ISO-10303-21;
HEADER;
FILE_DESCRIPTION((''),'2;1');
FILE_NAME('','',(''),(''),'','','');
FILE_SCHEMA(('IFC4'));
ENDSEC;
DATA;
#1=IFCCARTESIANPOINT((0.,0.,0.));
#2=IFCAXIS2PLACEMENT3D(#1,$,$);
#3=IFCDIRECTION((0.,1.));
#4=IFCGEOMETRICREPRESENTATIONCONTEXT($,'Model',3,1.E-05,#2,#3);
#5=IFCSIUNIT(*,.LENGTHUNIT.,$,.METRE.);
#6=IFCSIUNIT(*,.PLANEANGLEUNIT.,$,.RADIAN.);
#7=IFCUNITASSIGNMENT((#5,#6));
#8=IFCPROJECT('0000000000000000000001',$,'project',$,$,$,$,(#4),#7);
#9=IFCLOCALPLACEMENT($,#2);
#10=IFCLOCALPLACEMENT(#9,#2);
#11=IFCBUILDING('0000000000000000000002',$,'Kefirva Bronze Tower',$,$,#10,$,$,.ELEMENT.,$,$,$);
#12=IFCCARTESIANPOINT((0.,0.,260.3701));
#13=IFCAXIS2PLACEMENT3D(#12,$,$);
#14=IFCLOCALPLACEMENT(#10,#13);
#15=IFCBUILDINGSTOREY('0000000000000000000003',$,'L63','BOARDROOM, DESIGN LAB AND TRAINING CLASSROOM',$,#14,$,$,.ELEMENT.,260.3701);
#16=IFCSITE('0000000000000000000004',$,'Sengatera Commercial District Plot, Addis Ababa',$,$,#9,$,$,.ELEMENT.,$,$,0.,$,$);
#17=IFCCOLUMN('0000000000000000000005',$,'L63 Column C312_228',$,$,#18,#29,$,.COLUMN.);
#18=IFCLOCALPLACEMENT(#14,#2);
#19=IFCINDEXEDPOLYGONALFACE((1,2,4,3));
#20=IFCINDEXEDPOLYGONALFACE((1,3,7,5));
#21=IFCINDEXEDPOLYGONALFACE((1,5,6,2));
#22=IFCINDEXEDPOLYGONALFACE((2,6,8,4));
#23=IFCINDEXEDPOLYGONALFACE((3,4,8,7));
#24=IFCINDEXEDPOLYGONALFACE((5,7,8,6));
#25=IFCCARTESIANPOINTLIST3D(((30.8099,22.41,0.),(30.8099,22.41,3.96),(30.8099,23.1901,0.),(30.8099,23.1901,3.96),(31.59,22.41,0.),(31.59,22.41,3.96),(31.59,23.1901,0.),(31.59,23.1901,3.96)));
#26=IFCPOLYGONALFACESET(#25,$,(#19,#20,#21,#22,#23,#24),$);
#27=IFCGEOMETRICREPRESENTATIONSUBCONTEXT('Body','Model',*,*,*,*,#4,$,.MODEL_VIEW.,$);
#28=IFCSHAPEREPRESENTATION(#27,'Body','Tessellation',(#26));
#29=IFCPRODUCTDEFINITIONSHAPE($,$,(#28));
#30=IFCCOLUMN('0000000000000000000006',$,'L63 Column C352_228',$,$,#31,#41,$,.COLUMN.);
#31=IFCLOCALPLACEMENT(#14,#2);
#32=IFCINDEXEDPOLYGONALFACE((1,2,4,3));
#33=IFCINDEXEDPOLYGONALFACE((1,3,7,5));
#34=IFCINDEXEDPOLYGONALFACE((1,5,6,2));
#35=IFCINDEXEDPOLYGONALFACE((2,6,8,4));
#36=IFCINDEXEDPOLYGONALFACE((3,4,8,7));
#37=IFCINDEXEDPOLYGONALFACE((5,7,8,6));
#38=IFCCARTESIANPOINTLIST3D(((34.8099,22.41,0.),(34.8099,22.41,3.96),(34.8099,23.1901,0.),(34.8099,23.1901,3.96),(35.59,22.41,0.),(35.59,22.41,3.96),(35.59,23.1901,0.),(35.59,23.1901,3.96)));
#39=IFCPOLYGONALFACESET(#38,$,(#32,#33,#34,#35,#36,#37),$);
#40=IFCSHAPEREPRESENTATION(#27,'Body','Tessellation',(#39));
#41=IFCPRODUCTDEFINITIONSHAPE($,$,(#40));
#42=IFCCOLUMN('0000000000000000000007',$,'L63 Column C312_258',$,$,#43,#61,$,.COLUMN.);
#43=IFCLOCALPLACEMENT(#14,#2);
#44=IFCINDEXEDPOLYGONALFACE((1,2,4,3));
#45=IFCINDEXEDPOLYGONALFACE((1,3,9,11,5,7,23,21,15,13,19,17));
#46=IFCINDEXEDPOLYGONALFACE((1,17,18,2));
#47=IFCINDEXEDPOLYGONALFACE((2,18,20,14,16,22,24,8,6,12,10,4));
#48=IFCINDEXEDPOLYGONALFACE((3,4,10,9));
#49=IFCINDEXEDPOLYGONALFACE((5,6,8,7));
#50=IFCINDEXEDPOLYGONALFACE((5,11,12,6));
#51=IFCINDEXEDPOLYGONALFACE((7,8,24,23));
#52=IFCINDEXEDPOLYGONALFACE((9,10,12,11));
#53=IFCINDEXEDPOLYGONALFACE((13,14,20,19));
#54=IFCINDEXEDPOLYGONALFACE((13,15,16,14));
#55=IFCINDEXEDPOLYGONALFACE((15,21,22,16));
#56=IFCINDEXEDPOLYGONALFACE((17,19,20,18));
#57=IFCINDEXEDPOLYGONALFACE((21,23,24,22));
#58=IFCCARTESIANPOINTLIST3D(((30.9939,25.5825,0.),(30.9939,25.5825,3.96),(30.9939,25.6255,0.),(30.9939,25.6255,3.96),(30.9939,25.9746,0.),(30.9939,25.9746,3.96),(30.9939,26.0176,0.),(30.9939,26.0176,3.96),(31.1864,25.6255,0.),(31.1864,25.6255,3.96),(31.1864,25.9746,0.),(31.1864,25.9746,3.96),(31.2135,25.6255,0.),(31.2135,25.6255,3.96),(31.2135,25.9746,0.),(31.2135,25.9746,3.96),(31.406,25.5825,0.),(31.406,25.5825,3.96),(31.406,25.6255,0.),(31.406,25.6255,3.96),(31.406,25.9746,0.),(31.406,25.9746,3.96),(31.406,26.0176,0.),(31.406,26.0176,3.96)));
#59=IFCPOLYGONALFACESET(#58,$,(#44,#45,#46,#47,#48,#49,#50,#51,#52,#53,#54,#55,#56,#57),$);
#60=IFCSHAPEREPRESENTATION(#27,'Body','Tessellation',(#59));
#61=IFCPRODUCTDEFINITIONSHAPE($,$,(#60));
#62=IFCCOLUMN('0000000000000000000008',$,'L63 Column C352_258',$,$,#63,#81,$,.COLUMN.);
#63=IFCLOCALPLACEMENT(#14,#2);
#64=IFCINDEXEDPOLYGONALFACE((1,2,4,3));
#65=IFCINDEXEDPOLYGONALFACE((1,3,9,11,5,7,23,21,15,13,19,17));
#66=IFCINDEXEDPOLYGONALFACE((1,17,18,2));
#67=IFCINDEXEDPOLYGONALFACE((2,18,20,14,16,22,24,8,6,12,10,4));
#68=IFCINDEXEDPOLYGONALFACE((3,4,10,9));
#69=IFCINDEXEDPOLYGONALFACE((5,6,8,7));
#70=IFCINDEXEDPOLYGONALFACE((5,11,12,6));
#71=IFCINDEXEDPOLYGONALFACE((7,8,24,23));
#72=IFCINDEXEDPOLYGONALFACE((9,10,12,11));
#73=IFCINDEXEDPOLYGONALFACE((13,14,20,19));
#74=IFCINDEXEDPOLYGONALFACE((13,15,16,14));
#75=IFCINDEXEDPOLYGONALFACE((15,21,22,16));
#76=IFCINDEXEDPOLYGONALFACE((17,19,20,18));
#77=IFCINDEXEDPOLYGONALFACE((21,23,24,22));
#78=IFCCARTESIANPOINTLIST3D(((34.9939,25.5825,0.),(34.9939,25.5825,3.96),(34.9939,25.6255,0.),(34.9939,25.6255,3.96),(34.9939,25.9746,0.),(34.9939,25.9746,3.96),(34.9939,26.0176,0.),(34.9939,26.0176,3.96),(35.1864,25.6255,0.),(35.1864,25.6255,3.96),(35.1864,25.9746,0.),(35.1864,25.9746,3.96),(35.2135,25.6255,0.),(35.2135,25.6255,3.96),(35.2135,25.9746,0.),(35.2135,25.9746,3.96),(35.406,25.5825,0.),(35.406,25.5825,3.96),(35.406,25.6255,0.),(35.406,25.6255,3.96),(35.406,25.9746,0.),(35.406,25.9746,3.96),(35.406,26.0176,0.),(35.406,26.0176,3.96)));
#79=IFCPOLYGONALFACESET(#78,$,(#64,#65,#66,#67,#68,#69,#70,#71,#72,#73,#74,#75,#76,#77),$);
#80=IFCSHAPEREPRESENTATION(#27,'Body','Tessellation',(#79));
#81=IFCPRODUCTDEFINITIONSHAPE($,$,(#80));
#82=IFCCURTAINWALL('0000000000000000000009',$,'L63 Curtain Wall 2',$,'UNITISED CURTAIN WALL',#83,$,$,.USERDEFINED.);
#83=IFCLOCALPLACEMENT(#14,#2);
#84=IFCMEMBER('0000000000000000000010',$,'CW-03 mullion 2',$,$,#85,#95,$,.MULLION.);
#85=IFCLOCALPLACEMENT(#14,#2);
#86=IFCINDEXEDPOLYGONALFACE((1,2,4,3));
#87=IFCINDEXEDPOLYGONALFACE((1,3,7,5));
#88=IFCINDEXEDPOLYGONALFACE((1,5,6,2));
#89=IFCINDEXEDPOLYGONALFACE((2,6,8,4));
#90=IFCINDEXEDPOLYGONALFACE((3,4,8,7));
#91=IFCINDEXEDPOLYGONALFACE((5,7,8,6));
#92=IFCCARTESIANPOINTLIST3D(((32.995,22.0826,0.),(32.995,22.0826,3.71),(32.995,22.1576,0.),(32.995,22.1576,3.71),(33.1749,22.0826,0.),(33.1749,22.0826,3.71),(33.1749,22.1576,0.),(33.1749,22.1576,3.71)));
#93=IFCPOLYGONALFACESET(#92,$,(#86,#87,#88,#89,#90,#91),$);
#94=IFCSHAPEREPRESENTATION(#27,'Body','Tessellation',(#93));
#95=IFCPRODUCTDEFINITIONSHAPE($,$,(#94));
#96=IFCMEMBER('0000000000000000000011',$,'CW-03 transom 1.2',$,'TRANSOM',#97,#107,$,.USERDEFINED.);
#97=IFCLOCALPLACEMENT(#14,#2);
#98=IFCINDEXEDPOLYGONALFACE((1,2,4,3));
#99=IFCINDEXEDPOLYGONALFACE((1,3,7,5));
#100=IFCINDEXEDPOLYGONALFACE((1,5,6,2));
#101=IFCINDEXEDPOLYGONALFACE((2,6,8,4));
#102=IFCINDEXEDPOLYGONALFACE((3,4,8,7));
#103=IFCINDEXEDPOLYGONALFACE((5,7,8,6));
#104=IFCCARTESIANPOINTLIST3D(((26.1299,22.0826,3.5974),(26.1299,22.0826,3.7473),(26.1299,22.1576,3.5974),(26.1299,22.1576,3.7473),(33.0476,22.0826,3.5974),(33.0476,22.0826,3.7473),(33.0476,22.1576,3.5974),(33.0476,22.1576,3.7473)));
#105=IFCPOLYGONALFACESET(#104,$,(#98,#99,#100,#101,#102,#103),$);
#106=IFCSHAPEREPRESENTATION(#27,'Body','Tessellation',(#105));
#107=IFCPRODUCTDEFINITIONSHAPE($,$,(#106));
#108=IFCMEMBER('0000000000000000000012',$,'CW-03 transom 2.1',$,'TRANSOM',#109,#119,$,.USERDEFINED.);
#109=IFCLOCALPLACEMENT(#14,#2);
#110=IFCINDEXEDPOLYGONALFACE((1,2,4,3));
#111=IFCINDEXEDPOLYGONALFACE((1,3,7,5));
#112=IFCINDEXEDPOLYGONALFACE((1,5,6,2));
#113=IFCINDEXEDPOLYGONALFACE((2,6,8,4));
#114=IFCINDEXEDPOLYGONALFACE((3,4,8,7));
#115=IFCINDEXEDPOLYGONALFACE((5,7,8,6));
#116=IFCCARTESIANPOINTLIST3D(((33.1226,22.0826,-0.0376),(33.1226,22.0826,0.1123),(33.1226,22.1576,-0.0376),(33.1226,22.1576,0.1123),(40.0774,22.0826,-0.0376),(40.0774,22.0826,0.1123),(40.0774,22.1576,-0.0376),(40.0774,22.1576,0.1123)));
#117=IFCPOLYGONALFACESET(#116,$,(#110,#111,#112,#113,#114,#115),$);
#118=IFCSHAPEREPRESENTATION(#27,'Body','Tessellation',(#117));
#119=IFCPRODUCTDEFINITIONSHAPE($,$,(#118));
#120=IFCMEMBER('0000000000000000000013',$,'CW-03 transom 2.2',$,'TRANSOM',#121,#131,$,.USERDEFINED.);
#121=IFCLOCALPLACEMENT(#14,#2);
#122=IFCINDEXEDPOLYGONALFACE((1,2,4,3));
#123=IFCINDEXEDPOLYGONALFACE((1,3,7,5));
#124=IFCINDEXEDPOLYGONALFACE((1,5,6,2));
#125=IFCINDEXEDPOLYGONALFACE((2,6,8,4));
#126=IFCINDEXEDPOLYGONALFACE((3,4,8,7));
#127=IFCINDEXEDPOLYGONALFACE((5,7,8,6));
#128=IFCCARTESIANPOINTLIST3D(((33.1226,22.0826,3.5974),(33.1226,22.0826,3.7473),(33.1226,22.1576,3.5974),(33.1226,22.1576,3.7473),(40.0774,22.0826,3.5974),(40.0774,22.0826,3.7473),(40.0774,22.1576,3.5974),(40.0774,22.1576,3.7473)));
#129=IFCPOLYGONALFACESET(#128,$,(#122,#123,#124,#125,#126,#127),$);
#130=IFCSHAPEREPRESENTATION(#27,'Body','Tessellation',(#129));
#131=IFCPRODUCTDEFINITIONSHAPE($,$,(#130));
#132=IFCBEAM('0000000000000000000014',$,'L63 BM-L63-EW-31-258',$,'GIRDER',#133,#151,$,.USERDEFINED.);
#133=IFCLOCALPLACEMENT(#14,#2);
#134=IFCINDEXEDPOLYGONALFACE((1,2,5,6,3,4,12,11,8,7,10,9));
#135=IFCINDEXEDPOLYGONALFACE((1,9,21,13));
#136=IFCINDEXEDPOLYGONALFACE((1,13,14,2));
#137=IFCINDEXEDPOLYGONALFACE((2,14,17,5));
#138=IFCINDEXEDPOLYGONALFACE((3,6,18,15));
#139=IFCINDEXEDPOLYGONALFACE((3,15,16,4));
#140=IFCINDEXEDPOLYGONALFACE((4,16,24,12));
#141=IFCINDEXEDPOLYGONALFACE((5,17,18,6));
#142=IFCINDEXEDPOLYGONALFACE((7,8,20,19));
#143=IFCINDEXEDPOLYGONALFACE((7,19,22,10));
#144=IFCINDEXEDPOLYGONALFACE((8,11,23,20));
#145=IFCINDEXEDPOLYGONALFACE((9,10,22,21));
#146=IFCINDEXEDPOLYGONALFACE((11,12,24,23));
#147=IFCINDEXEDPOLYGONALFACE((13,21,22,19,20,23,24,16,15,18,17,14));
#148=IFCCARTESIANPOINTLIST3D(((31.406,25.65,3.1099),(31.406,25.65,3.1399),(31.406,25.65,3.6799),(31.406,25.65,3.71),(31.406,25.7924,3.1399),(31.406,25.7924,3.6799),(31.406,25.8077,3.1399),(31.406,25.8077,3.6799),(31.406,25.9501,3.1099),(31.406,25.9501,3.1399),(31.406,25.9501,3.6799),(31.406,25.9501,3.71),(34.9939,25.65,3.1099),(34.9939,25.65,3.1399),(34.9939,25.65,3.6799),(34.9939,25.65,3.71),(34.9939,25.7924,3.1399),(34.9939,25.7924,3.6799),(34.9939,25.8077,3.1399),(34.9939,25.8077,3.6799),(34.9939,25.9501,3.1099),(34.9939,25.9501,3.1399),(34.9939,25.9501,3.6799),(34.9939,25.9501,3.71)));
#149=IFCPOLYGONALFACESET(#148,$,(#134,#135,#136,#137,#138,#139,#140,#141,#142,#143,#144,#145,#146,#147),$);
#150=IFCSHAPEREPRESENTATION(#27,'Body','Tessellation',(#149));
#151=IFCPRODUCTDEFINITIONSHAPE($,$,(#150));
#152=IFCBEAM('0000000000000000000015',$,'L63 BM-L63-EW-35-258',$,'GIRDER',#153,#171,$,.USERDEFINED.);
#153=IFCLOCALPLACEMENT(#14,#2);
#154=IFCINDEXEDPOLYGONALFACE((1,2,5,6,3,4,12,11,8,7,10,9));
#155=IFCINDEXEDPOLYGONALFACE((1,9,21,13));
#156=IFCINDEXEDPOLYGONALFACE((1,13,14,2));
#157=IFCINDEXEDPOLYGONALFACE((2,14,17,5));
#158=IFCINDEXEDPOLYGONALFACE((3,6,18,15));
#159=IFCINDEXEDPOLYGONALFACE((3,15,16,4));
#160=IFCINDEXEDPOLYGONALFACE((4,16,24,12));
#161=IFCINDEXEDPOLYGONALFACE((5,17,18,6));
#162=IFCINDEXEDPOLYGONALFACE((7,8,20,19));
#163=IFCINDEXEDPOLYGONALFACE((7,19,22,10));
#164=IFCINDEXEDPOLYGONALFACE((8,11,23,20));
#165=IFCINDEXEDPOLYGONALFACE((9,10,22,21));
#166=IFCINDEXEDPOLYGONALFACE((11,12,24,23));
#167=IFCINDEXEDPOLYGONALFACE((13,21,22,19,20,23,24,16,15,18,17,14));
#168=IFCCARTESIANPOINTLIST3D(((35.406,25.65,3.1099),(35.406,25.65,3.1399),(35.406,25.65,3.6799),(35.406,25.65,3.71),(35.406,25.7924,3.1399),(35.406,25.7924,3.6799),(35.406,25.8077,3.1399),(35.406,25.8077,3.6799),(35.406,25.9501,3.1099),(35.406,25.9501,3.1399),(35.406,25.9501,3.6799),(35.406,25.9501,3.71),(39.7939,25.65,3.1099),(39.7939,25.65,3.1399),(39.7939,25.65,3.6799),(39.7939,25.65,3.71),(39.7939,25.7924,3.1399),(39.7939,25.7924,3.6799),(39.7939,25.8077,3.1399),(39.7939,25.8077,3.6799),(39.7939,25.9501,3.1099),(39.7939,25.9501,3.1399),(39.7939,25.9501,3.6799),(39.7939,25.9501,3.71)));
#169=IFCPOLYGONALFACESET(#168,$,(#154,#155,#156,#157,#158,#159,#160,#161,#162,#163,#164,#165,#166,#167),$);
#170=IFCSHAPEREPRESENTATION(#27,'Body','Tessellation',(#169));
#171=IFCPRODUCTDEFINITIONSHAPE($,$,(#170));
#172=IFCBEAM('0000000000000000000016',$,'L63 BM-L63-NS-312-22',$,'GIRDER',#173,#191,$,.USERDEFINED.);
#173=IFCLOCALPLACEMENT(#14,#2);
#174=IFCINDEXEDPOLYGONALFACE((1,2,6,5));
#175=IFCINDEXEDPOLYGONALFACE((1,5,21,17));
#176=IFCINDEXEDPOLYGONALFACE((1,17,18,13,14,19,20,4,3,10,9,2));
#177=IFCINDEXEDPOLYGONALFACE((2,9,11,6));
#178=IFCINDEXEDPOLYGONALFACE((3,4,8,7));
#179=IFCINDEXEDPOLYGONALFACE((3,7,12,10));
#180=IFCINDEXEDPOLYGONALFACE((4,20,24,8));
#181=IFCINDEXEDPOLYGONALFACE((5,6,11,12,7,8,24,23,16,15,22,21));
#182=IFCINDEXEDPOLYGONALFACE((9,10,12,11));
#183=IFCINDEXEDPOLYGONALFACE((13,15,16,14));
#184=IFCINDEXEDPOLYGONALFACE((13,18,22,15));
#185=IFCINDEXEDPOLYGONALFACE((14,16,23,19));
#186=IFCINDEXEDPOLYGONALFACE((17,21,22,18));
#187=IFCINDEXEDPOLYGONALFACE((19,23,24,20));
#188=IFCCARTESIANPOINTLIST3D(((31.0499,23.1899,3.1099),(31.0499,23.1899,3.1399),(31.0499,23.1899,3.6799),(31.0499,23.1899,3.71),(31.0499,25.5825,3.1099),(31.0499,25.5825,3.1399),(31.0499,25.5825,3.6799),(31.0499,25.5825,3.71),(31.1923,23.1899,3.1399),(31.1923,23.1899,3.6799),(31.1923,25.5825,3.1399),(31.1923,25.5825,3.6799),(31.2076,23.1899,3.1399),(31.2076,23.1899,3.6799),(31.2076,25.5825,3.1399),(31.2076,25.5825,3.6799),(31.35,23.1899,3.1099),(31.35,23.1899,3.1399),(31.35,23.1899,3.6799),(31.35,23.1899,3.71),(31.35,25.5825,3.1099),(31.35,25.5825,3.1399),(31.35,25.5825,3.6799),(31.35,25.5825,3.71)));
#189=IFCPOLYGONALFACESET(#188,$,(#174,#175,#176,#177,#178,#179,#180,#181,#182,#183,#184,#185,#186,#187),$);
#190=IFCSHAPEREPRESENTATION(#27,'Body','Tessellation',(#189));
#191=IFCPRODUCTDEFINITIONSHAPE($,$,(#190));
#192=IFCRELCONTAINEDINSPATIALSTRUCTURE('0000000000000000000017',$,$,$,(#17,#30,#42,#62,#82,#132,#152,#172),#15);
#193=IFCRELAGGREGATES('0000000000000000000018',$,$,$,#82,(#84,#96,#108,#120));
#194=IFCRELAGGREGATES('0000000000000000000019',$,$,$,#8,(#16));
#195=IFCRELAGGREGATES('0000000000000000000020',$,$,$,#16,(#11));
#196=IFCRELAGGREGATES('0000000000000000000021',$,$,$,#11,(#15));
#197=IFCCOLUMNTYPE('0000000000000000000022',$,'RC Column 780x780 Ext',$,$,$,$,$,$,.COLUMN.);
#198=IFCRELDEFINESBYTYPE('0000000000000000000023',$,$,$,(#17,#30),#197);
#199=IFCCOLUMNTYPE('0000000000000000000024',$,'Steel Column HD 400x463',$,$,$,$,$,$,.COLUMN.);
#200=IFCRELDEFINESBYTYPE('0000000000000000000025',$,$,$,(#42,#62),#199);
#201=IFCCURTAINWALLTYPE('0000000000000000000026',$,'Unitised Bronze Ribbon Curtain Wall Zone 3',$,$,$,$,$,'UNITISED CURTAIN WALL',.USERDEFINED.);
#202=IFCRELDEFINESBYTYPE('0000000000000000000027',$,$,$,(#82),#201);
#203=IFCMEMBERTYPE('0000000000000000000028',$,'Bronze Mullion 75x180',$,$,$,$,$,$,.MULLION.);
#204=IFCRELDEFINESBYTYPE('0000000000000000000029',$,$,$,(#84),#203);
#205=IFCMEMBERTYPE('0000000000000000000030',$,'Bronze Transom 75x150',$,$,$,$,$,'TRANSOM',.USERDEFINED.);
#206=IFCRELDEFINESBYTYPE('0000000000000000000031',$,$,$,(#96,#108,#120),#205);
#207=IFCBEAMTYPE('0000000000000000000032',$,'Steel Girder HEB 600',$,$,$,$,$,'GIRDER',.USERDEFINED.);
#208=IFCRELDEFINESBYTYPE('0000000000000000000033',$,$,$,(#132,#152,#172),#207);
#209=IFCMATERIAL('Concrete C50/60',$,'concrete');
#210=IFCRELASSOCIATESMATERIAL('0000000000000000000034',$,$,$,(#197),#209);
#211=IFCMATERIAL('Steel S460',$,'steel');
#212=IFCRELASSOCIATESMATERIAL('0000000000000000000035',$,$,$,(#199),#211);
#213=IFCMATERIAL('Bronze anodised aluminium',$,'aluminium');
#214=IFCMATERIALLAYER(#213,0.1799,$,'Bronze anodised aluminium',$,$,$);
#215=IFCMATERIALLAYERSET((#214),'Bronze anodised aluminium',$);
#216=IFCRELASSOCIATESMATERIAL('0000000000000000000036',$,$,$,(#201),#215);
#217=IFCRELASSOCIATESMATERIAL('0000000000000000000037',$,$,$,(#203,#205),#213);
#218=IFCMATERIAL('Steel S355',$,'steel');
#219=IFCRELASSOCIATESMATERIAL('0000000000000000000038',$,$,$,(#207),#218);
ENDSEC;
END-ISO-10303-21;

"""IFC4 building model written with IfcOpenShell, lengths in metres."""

from ifc_helpers import new_model, si_unit, direction, frame, origin, origin_2d, place, context, subcontext, project, spatial, rectangle, i_section, extrude, material, layer, layer_set, material_profile, profile_set, type_object, element, aggregate, save


model = new_model("IFC4")

# Units and contexts
model_context = context("Model", 3, precision=1e-05, world=origin(), true_north=direction((0.0, 1.0)))
body_context = subcontext(model_context, "Body", "Model", "MODEL_VIEW")
ifc_project = project(units=[si_unit("LENGTHUNIT", "METRE"), si_unit("PLANEANGLEUNIT", "RADIAN")], contexts=[model_context])

# Site, building, storey
site_placement = place(None, origin())
site = spatial("IfcSite", under=ifc_project, at=site_placement, Name="Sengatera Commercial District Plot, Addis Ababa", CompositionType="ELEMENT", RefElevation=0.0)
building_placement = place(site_placement, origin())
building = spatial("IfcBuilding", under=site, at=building_placement, Name="Kefirva Bronze Tower", CompositionType="ELEMENT")
storey_placement = place(building_placement, frame((0.0, 0.0, 260.3701)))
storey = spatial("IfcBuildingStorey", under=building, at=storey_placement, Name="L63", Description="BOARDROOM, DESIGN LAB AND TRAINING CLASSROOM", CompositionType="ELEMENT", Elevation=260.3701)

# Columns
ifc_material_1 = material(Name="Concrete C50/60", Category="concrete")
ifc_material_profile_1 = material_profile(ifc_material_1, rectangle(XDim=0.78, YDim=0.78, at=origin_2d()), Name="RC 780x780")
ifc_profile_set_1 = profile_set([ifc_material_profile_1], Name="Concrete C50/60")
column_type_1 = type_object("IfcColumnType", Name="RC Column 780x780 Ext", PredefinedType="COLUMN", material=ifc_profile_set_1)
for number, where, z_axis, x_axis, name in (
    (1, (31.2, 22.8, 0.0), (0.0, 0.0, 1.0), (1.0, 0.0, 0.0), "L63 Column C312_228"),
    (2, (35.2, 22.8, 0.0), (0.0, 0.0, 1.0), (1.0, 0.0, 0.0), "L63 Column C352_228"),
):
    element("IfcColumn", number, at=place(storey_placement, frame(where, z_axis=z_axis, x_axis=x_axis)), inside=storey, type_object=column_type_1, Name=name, PredefinedType="COLUMN", context=body_context, shape_type="SweptSolid", body=[
        extrude(rectangle(XDim=0.78, YDim=0.78, at=origin_2d()), origin(), (0.0, 0.0, 1.0), 3.96),
    ])
ifc_material_2 = material(Name="Steel S460", Category="steel")
ifc_material_profile_2 = material_profile(ifc_material_2, i_section(OverallWidth=0.4121, OverallDepth=0.4351, WebThickness=0.0271, FlangeThickness=0.043, at=origin_2d()), Name="HD 400x463")
ifc_profile_set_2 = profile_set([ifc_material_profile_2], Name="Steel S460")
column_type_2 = type_object("IfcColumnType", Name="Steel Column HD 400x463", PredefinedType="COLUMN", material=ifc_profile_set_2)
for number, where, z_axis, x_axis, name in (
    (3, (31.2, 25.8, 0.0), (0.0, 0.0, 1.0), (1.0, 0.0, 0.0), "L63 Column C312_258"),
    (4, (35.2, 25.8, 0.0), (0.0, 0.0, 1.0), (1.0, 0.0, 0.0), "L63 Column C352_258"),
):
    element("IfcColumn", number, at=place(storey_placement, frame(where, z_axis=z_axis, x_axis=x_axis)), inside=storey, type_object=column_type_2, Name=name, PredefinedType="COLUMN", context=body_context, shape_type="SweptSolid", body=[
        extrude(i_section(OverallWidth=0.4121, OverallDepth=0.4351, WebThickness=0.0271, FlangeThickness=0.043, at=origin_2d()), origin(), (0.0, 0.0, 1.0), 3.96),
    ])

# Curtain wall, members
ifc_material_3 = material(Name="Bronze anodised aluminium", Category="aluminium")
ifc_layer_1 = layer(ifc_material_3, 0.1799, Name="Bronze anodised aluminium")
ifc_layer_set_1 = layer_set([ifc_layer_1], Name="Bronze anodised aluminium")
curtain_wall_type = type_object("IfcCurtainWallType", Name="Unitised Bronze Ribbon Curtain Wall Zone 3", ElementType="UNITISED CURTAIN WALL", PredefinedType="USERDEFINED", material=ifc_layer_set_1)
curtain_wall_placement = place(storey_placement, origin())
curtain_wall = element("IfcCurtainWall", 5, at=curtain_wall_placement, inside=storey, type_object=curtain_wall_type, Name="L63 Curtain Wall 2", ObjectType="UNITISED CURTAIN WALL", PredefinedType="USERDEFINED")
ifc_material_profile_3 = material_profile(ifc_material_3, rectangle(XDim=0.075, YDim=0.1799, at=origin_2d()), Name="ALU 75x180")
ifc_profile_set_3 = profile_set([ifc_material_profile_3], Name="Bronze anodised aluminium")
member_type_1 = type_object("IfcMemberType", Name="Bronze Mullion 75x180", PredefinedType="MULLION", material=ifc_profile_set_3)
member_1_placement = place(storey_placement, frame((33.085, 22.1201, 0.0), z_axis=(0.0, 0.0, 1.0), x_axis=(0.0, 1.0, 0.0)))
member_1 = element("IfcMember", 6, at=member_1_placement, type_object=member_type_1, Name="CW-03 mullion 2", PredefinedType="MULLION", context=body_context, shape_type="SweptSolid", body=[
    extrude(rectangle(XDim=0.075, YDim=0.1799, at=origin_2d()), origin(), (0.0, 0.0, 1.0), 3.71),
])
ifc_material_profile_4 = material_profile(ifc_material_3, rectangle(XDim=0.075, YDim=0.1499, at=origin_2d()), Name="ALU 75x150")
ifc_profile_set_4 = profile_set([ifc_material_profile_4], Name="Bronze anodised aluminium")
member_type_2 = type_object("IfcMemberType", Name="Bronze Transom 75x150", ElementType="TRANSOM", PredefinedType="USERDEFINED", material=ifc_profile_set_4)
member_2_placement = place(storey_placement, frame((26.1299, 22.1201, 3.6724), z_axis=(1.0, 0.0, 0.0), x_axis=(0.0, 1.0, 0.0)))
member_2 = element("IfcMember", 7, at=member_2_placement, type_object=member_type_2, Name="CW-03 transom 1.2", ObjectType="TRANSOM", PredefinedType="USERDEFINED", context=body_context, shape_type="SweptSolid", body=[
    extrude(rectangle(XDim=0.075, YDim=0.1499, at=origin_2d()), origin(), (0.0, 0.0, 1.0), 6.9177),
])
member_3_placement = place(storey_placement, frame((33.1226, 22.1201, 0.0374), z_axis=(1.0, 0.0, 0.0), x_axis=(0.0, 1.0, 0.0)))
member_3 = element("IfcMember", 8, at=member_3_placement, type_object=member_type_2, Name="CW-03 transom 2.1", ObjectType="TRANSOM", PredefinedType="USERDEFINED", context=body_context, shape_type="SweptSolid", body=[
    extrude(rectangle(XDim=0.075, YDim=0.1499, at=origin_2d()), origin(), (0.0, 0.0, 1.0), 6.9548),
])
member_4_placement = place(storey_placement, frame((33.1226, 22.1201, 3.6724), z_axis=(1.0, 0.0, 0.0), x_axis=(0.0, 1.0, 0.0)))
member_4 = element("IfcMember", 9, at=member_4_placement, type_object=member_type_2, Name="CW-03 transom 2.2", ObjectType="TRANSOM", PredefinedType="USERDEFINED", context=body_context, shape_type="SweptSolid", body=[
    extrude(rectangle(XDim=0.075, YDim=0.1499, at=origin_2d()), origin(), (0.0, 0.0, 1.0), 6.9548),
])

# Beams
ifc_material_4 = material(Name="Steel S355", Category="steel")
ifc_material_profile_5 = material_profile(ifc_material_4, i_section(OverallWidth=0.3, OverallDepth=0.6001, WebThickness=0.0154, FlangeThickness=0.03, at=origin_2d()), Name="HEB 600")
ifc_profile_set_5 = profile_set([ifc_material_profile_5], Name="Steel S355")
beam_type_1 = type_object("IfcBeamType", Name="Steel Girder HEB 600", ElementType="GIRDER", PredefinedType="USERDEFINED", material=ifc_profile_set_5)
beam_1_placement = place(storey_placement, frame((31.406, 25.8, 3.4099), z_axis=(1.0, 0.0, 0.0), x_axis=(0.0, 1.0, 0.0)))
element("IfcBeam", 10, at=beam_1_placement, inside=storey, type_object=beam_type_1, Name="L63 BM-L63-EW-31-258", ObjectType="GIRDER", PredefinedType="USERDEFINED", context=body_context, shape_type="SweptSolid", body=[
    extrude(i_section(OverallWidth=0.3, OverallDepth=0.6001, WebThickness=0.0154, FlangeThickness=0.03, at=origin_2d()), origin(), (0.0, 0.0, 1.0), 3.5879),
])
beam_2_placement = place(storey_placement, frame((35.406, 25.8, 3.4099), z_axis=(1.0, 0.0, 0.0), x_axis=(0.0, 1.0, 0.0)))
element("IfcBeam", 11, at=beam_2_placement, inside=storey, type_object=beam_type_1, Name="L63 BM-L63-EW-35-258", ObjectType="GIRDER", PredefinedType="USERDEFINED", context=body_context, shape_type="SweptSolid", body=[
    extrude(i_section(OverallWidth=0.3, OverallDepth=0.6001, WebThickness=0.0154, FlangeThickness=0.03, at=origin_2d()), origin(), (0.0, 0.0, 1.0), 4.3879),
])
for number, where, z_axis, x_axis, name in (
    (12, (31.2, 23.1899, 3.4099), (0.0, 1.0, 0.0), (-1.0, 0.0, 0.0), "L63 BM-L63-NS-312-22"),
):
    element("IfcBeam", number, at=place(storey_placement, frame(where, z_axis=z_axis, x_axis=x_axis)), inside=storey, type_object=beam_type_1, Name=name, ObjectType="GIRDER", PredefinedType="USERDEFINED", context=body_context, shape_type="SweptSolid", body=[
        extrude(i_section(OverallWidth=0.3, OverallDepth=0.6001, WebThickness=0.0154, FlangeThickness=0.03, at=origin_2d()), origin(), (0.0, 0.0, 1.0), 2.3926),
    ])

aggregate(curtain_wall, [member_1, member_2, member_3, member_4])

save(model, "model.ifc")
